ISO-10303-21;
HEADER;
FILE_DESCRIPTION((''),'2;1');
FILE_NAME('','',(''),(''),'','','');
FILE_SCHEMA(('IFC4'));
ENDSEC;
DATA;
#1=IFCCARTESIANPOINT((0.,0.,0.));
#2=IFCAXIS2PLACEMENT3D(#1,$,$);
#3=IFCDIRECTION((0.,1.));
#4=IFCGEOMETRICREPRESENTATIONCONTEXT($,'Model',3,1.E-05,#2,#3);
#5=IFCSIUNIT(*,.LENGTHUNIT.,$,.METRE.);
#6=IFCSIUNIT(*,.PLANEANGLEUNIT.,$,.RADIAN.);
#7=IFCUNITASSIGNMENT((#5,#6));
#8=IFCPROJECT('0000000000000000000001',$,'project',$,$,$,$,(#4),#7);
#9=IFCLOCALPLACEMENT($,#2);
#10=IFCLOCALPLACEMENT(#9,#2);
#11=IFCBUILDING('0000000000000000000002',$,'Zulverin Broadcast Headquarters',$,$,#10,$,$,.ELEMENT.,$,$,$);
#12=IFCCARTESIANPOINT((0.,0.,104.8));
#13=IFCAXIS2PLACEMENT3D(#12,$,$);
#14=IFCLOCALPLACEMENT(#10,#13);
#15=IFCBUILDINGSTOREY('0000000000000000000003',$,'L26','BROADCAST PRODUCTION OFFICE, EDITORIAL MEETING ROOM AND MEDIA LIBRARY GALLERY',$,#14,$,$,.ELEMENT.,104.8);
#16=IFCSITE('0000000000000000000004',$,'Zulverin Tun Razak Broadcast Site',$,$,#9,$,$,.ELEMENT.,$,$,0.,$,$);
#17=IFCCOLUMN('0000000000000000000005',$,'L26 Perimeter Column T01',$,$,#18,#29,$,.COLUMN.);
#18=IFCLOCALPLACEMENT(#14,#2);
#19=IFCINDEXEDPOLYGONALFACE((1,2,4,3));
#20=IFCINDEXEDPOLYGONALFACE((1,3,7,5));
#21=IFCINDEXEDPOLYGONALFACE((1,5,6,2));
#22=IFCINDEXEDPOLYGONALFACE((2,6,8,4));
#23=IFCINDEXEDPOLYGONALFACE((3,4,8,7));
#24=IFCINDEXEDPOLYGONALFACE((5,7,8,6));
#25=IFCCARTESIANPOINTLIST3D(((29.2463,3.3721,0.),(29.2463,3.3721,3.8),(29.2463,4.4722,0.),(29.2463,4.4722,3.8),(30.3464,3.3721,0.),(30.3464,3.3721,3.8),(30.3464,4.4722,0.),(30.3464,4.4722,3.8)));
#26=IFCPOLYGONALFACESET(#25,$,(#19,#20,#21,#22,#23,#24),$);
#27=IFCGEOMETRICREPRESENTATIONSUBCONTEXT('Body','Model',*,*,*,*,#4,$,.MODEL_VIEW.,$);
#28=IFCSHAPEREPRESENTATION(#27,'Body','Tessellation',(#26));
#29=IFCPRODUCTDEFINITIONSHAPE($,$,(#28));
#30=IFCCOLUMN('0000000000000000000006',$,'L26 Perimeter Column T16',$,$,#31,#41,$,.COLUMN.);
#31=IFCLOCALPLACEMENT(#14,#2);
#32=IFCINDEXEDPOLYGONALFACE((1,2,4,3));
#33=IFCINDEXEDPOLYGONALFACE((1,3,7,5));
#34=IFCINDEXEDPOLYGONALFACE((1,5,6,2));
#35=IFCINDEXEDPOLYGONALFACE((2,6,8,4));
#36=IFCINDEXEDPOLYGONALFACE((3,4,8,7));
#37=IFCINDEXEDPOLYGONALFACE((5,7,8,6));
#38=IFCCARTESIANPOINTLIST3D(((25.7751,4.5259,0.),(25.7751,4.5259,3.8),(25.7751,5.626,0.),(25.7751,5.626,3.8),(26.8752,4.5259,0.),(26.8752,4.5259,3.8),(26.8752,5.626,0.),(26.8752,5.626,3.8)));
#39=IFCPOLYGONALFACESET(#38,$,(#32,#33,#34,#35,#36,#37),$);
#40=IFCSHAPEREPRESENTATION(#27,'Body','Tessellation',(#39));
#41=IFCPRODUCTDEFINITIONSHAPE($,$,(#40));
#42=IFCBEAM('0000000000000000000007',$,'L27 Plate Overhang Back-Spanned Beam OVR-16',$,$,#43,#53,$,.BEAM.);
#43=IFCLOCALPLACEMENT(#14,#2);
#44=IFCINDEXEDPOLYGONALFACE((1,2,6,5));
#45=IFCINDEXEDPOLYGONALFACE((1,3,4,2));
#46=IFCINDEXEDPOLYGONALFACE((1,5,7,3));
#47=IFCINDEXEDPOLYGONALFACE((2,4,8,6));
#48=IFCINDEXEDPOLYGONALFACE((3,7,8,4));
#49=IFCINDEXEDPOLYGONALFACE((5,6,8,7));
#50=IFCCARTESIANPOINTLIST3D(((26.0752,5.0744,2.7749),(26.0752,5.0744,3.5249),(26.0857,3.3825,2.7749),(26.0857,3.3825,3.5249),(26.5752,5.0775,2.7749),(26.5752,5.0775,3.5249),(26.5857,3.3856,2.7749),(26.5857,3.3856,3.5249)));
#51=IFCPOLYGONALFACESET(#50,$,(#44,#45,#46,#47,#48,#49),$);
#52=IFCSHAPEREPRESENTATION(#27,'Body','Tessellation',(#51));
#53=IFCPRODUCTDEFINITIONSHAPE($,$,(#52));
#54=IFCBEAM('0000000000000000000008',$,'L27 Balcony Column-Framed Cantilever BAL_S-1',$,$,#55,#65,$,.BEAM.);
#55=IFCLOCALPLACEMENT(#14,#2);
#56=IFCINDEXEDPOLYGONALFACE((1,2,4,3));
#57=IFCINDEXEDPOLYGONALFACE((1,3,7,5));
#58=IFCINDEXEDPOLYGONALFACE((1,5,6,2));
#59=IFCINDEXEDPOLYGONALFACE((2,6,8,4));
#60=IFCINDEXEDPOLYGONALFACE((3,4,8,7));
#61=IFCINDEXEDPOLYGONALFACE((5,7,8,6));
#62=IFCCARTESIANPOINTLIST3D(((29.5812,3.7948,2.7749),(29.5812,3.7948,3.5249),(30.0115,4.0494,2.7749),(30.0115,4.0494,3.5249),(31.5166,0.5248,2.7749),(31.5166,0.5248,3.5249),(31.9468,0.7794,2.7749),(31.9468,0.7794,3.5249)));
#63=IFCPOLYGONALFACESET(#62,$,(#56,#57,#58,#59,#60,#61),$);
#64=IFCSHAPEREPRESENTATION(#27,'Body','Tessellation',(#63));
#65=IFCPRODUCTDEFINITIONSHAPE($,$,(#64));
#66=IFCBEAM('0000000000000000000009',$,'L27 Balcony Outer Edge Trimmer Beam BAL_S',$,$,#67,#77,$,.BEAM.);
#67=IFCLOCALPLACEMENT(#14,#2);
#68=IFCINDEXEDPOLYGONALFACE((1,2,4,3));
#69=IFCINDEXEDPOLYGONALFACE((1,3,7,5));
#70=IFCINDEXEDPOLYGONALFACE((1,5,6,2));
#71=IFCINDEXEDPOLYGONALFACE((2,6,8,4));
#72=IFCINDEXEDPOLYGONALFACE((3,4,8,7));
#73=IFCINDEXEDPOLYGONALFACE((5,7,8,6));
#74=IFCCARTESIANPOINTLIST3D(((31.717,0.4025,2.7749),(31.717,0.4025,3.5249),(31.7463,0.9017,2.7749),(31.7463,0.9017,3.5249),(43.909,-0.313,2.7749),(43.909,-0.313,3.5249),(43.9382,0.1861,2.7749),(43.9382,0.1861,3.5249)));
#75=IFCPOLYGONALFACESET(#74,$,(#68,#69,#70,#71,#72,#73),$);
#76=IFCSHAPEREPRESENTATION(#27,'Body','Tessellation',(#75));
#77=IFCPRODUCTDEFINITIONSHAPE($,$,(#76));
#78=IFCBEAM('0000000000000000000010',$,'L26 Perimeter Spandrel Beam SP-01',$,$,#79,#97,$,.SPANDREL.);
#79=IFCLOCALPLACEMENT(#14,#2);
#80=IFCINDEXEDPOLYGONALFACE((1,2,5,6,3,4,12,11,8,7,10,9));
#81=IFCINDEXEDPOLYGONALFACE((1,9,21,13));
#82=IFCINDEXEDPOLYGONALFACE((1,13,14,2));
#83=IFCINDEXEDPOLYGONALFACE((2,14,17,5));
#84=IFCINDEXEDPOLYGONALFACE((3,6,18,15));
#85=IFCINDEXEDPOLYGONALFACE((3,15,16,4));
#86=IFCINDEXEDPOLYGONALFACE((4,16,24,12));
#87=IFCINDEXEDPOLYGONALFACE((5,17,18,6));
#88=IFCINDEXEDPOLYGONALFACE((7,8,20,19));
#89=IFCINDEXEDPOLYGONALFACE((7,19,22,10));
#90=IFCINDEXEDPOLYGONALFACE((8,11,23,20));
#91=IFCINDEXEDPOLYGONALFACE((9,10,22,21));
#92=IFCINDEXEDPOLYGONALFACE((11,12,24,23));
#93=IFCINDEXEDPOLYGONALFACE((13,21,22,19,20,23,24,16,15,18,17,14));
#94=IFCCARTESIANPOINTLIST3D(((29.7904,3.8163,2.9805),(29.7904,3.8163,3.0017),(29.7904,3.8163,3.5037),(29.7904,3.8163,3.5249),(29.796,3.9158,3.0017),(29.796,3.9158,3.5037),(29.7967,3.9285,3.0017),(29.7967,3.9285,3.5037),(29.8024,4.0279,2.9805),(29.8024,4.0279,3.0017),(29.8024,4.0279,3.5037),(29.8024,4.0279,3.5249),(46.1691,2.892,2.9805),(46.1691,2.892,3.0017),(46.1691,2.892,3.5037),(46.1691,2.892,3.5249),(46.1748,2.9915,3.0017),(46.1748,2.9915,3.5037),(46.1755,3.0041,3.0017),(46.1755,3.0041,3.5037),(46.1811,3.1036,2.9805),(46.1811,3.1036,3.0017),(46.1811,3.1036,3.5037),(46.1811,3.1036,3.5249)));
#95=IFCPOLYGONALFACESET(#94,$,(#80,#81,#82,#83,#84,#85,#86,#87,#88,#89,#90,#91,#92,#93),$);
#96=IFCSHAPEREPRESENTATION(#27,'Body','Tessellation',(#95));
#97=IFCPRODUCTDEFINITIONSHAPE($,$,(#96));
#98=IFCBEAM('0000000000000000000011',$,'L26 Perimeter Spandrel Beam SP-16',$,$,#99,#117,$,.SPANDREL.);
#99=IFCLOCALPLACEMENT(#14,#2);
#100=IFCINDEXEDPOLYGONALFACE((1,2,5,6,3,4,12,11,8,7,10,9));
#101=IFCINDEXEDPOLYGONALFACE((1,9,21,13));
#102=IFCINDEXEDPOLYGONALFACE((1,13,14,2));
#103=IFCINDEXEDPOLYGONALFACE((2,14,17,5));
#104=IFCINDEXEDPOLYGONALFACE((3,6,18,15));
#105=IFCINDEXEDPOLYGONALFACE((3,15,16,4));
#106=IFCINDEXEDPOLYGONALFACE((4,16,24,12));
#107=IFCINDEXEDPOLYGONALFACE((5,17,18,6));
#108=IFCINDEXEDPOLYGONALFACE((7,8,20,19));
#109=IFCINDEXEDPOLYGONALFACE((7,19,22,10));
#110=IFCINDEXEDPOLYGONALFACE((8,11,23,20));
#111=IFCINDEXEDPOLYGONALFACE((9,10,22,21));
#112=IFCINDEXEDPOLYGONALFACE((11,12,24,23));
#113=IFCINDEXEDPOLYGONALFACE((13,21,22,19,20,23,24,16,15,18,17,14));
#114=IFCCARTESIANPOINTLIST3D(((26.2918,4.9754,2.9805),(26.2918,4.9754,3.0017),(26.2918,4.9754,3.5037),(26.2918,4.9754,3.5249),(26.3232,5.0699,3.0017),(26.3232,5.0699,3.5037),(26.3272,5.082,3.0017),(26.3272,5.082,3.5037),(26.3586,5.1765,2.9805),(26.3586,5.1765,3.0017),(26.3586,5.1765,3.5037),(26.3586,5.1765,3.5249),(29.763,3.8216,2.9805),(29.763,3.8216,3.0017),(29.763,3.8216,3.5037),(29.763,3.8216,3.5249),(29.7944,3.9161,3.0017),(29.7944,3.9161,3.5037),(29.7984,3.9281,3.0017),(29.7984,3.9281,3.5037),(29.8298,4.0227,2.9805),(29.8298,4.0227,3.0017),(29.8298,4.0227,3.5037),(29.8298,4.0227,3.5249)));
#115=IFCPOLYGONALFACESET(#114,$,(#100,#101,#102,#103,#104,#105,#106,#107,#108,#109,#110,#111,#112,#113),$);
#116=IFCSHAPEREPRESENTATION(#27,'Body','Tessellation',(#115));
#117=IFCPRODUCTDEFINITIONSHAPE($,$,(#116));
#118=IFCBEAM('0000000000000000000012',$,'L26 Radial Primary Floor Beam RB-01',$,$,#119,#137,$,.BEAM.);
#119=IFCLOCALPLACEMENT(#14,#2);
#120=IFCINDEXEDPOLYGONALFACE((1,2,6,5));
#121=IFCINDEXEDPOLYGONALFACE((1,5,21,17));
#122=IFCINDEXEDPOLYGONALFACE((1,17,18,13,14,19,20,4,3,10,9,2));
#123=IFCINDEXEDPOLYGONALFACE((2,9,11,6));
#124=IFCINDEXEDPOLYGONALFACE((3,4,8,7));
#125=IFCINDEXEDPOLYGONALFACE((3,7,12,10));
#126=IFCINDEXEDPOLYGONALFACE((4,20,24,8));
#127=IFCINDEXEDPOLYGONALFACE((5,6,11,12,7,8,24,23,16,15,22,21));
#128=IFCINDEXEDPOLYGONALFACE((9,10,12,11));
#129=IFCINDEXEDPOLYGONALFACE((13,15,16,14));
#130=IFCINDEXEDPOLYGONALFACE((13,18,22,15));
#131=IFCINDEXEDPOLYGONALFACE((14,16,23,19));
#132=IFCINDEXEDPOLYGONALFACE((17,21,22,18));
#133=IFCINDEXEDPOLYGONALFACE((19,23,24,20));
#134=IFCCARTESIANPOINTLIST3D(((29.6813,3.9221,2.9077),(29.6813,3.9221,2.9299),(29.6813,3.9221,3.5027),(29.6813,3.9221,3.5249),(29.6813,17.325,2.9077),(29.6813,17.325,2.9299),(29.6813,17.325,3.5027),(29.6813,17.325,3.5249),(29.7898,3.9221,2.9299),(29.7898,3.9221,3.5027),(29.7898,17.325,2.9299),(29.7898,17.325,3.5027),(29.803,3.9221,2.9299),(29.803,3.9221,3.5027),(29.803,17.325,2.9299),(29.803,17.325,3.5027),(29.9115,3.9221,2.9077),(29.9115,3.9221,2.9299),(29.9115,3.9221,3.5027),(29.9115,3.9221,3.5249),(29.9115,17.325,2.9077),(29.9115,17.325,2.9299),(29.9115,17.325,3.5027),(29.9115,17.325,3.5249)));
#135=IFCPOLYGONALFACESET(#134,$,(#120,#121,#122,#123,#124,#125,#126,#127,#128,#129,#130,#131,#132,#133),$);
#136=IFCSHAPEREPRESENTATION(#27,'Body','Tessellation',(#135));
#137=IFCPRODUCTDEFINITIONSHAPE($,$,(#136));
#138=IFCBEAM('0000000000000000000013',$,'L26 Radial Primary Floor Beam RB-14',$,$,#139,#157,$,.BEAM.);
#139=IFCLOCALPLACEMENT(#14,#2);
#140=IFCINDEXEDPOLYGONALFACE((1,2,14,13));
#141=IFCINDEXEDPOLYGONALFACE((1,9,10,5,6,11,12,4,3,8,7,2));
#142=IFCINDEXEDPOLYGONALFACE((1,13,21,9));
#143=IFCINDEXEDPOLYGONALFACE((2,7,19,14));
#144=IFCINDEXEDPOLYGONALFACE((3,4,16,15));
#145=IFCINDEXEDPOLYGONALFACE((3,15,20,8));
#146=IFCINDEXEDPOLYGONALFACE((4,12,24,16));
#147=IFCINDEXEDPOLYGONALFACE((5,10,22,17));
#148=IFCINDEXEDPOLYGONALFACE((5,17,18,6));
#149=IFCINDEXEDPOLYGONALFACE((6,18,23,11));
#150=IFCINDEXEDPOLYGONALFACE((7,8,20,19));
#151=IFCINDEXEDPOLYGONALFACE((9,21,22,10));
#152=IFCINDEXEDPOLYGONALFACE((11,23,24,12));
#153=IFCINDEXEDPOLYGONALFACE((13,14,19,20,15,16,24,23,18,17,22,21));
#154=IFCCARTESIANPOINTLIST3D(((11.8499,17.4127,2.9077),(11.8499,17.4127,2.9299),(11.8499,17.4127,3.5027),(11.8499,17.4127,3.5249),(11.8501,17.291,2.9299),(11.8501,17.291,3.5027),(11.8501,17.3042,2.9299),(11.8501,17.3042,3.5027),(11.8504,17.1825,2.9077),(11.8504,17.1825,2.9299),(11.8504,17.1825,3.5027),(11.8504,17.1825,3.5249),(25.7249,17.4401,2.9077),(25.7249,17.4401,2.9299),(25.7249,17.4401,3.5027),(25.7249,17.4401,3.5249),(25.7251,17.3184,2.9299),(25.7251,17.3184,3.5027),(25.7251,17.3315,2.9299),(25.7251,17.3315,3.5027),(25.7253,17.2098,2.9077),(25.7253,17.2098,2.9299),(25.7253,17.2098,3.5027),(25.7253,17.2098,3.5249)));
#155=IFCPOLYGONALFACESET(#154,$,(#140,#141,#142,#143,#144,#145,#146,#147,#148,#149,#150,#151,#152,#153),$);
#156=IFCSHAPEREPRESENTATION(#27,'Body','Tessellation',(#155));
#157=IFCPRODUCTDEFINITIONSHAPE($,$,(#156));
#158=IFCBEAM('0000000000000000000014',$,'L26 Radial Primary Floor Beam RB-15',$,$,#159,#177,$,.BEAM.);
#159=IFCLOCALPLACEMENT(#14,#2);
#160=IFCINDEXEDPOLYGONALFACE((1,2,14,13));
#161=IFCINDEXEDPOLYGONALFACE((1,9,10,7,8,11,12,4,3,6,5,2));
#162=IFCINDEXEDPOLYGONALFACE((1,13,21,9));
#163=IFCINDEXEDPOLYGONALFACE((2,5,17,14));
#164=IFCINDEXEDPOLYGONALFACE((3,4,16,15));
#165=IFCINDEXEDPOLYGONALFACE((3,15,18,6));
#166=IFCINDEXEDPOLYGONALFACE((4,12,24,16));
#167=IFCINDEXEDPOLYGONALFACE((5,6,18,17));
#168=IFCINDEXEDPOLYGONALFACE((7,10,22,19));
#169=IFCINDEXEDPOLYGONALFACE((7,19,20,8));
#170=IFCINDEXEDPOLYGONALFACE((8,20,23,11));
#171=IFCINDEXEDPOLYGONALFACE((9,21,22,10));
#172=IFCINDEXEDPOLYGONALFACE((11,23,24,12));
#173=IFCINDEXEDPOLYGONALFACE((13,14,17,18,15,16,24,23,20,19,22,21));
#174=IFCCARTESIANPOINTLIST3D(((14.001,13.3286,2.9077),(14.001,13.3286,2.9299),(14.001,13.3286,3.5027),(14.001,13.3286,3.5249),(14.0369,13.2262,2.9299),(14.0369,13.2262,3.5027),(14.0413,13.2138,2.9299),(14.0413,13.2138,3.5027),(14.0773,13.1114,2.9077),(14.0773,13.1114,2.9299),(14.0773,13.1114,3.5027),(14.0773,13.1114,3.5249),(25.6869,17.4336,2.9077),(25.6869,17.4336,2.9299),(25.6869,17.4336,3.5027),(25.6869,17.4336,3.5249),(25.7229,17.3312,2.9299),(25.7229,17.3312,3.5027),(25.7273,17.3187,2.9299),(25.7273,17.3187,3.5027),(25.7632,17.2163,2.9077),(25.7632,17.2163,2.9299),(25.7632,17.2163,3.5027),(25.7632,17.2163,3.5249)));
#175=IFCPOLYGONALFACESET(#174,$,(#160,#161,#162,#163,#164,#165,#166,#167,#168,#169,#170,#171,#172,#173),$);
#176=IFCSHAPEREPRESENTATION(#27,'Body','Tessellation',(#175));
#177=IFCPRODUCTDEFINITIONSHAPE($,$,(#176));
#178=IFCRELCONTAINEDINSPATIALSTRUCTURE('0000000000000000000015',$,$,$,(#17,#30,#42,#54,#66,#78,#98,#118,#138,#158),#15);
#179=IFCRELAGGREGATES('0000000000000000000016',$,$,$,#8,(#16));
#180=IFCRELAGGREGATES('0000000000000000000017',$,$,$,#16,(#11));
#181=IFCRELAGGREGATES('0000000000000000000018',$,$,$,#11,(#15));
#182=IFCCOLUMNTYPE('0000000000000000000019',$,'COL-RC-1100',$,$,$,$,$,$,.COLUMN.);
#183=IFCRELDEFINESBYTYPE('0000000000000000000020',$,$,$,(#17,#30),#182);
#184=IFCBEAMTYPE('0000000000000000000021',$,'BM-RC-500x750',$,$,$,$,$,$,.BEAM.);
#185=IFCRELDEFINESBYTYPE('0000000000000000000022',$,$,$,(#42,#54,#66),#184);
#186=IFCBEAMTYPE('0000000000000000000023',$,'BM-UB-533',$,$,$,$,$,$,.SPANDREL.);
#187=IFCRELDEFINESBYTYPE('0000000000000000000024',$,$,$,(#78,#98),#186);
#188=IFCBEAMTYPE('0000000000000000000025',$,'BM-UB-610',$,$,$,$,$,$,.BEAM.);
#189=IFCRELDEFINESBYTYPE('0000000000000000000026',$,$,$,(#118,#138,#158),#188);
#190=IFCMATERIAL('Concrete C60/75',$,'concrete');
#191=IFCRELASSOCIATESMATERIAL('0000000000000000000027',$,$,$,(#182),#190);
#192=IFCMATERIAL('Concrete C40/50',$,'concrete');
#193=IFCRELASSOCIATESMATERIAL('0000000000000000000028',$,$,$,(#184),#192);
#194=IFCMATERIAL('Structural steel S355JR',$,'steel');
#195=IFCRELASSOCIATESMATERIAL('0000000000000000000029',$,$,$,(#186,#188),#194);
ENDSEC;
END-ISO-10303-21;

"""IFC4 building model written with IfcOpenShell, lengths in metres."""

from ifc_helpers import new_model, si_unit, direction, frame, origin, origin_2d, place, context, subcontext, project, spatial, rectangle, i_section, extrude, material, material_profile, profile_set, type_object, element, save


model = new_model("IFC4")

# Units and contexts
model_context = context("Model", 3, precision=1e-05, world=origin(), true_north=direction((0.0, 1.0)))
body_context = subcontext(model_context, "Body", "Model", "MODEL_VIEW")
ifc_project = project(units=[si_unit("LENGTHUNIT", "METRE"), si_unit("PLANEANGLEUNIT", "RADIAN")], contexts=[model_context])

# Site, building, storey
site_placement = place(None, origin())
site = spatial("IfcSite", under=ifc_project, at=site_placement, Name="Zulverin Tun Razak Broadcast Site", CompositionType="ELEMENT", RefElevation=0.0)
building_placement = place(site_placement, origin())
building = spatial("IfcBuilding", under=site, at=building_placement, Name="Zulverin Broadcast Headquarters", CompositionType="ELEMENT")
storey_placement = place(building_placement, frame((0.0, 0.0, 104.8)))
storey = spatial("IfcBuildingStorey", under=building, at=storey_placement, Name="L26", Description="BROADCAST PRODUCTION OFFICE, EDITORIAL MEETING ROOM AND MEDIA LIBRARY GALLERY", CompositionType="ELEMENT", Elevation=104.8)

# Columns
ifc_material_1 = material(Name="Concrete C60/75", Category="concrete")
ifc_material_profile_1 = material_profile(ifc_material_1, rectangle(XDim=1.1001, YDim=1.1001, at=origin_2d()), Name="Concrete C60/75", Category="concrete")
ifc_profile_set_1 = profile_set([ifc_material_profile_1], Name="Concrete C60/75")
column_type = type_object("IfcColumnType", Name="COL-RC-1100", PredefinedType="COLUMN", material=ifc_profile_set_1)
for number, where, z_axis, x_axis, name in (
    (1, (29.7964, 3.9221, 0.0), (0.0, 0.0, 1.0), (1.0, 0.0, 0.0), "L26 Perimeter Column T01"),
    (2, (26.3252, 5.0759, 0.0), (0.0, 0.0, 1.0), (1.0, 0.0, 0.0), "L26 Perimeter Column T16"),
):
    element("IfcColumn", number, at=place(storey_placement, frame(where, z_axis=z_axis, x_axis=x_axis)), inside=storey, type_object=column_type, Name=name, PredefinedType="COLUMN", context=body_context, shape_type="SweptSolid", body=[
        extrude(rectangle(XDim=1.1001, YDim=1.1001, at=origin_2d()), origin(), (0.0, 0.0, 1.0), 3.8),
    ])

# Beams
ifc_material_2 = material(Name="Concrete C40/50", Category="concrete")
ifc_material_profile_2 = material_profile(ifc_material_2, rectangle(XDim=0.5, YDim=0.75, at=origin_2d()), Name="Concrete C40/50", Category="concrete")
ifc_profile_set_2 = profile_set([ifc_material_profile_2], Name="Concrete C40/50")
beam_type_1 = type_object("IfcBeamType", Name="BM-RC-500x750", PredefinedType="BEAM", material=ifc_profile_set_2)
beam_1_placement = place(storey_placement, frame((26.3252, 5.0759, 3.1499), z_axis=(0.006205, -0.999981, 0.0), x_axis=(0.999981, 0.006205, 0.0)))
element("IfcBeam", 3, at=beam_1_placement, inside=storey, type_object=beam_type_1, Name="L27 Plate Overhang Back-Spanned Beam OVR-16", PredefinedType="BEAM", context=body_context, shape_type="SweptSolid", body=[
    extrude(rectangle(XDim=0.5, YDim=0.75, at=origin_2d()), origin(), (0.0, 0.0, 1.0), 1.6919),
])
beam_2_placement = place(storey_placement, frame((29.7964, 3.9221, 3.1499), z_axis=(0.509318, -0.860578, 0.0), x_axis=(0.860578, 0.509318, 0.0)))
element("IfcBeam", 4, at=beam_2_placement, inside=storey, type_object=beam_type_1, Name="L27 Balcony Column-Framed Cantilever BAL_S-1", PredefinedType="BEAM", context=body_context, shape_type="SweptSolid", body=[
    extrude(rectangle(XDim=0.5, YDim=0.75, at=origin_2d()), origin(), (0.0, 0.0, 1.0), 3.7998),
])
beam_3_placement = place(storey_placement, frame((31.7317, 0.6521, 3.1499), z_axis=(0.998282, -0.058592, 0.0), x_axis=(0.058592, 0.998282, 0.0)))
element("IfcBeam", 5, at=beam_3_placement, inside=storey, type_object=beam_type_1, Name="L27 Balcony Outer Edge Trimmer Beam BAL_S", PredefinedType="BEAM", context=body_context, shape_type="SweptSolid", body=[
    extrude(rectangle(XDim=0.5, YDim=0.75, at=origin_2d()), origin(), (0.0, 0.0, 1.0), 12.2129),
])
ifc_material_3 = material(Name="Structural steel S355JR", Category="steel")
ifc_material_profile_3 = material_profile(ifc_material_3, i_section(OverallWidth=0.2119, OverallDepth=0.5444, WebThickness=0.0127, FlangeThickness=0.0212, at=origin_2d()), Name="Structural steel S355JR", Category="steel")
ifc_profile_set_3 = profile_set([ifc_material_profile_3], Name="Structural steel S355JR")
beam_type_2 = type_object("IfcBeamType", Name="BM-UB-533", PredefinedType="SPANDREL", material=ifc_profile_set_3)
beam_4_placement = place(storey_placement, frame((29.7964, 3.9221, 3.2527), z_axis=(0.998411, -0.056345, 0.0), x_axis=(0.056345, 0.998411, 0.0)))
element("IfcBeam", 6, at=beam_4_placement, inside=storey, type_object=beam_type_2, Name="L26 Perimeter Spandrel Beam SP-01", PredefinedType="SPANDREL", context=body_context, shape_type="SweptSolid", body=[
    extrude(i_section(OverallWidth=0.2119, OverallDepth=0.5444, WebThickness=0.0127, FlangeThickness=0.0212, at=origin_2d()), origin(), (0.0, 0.0, 1.0), 16.4048),
])
beam_5_placement = place(storey_placement, frame((26.3252, 5.0759, 3.2527), z_axis=(0.94895, -0.315427, 0.0), x_axis=(0.315427, 0.94895, 0.0)))
element("IfcBeam", 7, at=beam_5_placement, inside=storey, type_object=beam_type_2, Name="L26 Perimeter Spandrel Beam SP-16", PredefinedType="SPANDREL", context=body_context, shape_type="SweptSolid", body=[
    extrude(i_section(OverallWidth=0.2119, OverallDepth=0.5444, WebThickness=0.0127, FlangeThickness=0.0212, at=origin_2d()), origin(), (0.0, 0.0, 1.0), 3.658),
])
ifc_material_profile_4 = material_profile(ifc_material_3, i_section(OverallWidth=0.2302, OverallDepth=0.6172, WebThickness=0.0132, FlangeThickness=0.0222, at=origin_2d()), Name="Structural steel S355JR", Category="steel")
ifc_profile_set_4 = profile_set([ifc_material_profile_4], Name="Structural steel S355JR")
beam_type_3 = type_object("IfcBeamType", Name="BM-UB-610", PredefinedType="BEAM", material=ifc_profile_set_4)
beam_6_placement = place(storey_placement, frame((29.7964, 17.325, 3.2163), z_axis=(0.0, -1.0, 0.0), x_axis=(1.0, 0.0, 0.0)))
element("IfcBeam", 8, at=beam_6_placement, inside=storey, type_object=beam_type_3, Name="L26 Radial Primary Floor Beam RB-01", PredefinedType="BEAM", context=body_context, shape_type="SweptSolid", body=[
    extrude(i_section(OverallWidth=0.2302, OverallDepth=0.6172, WebThickness=0.0132, FlangeThickness=0.0222, at=origin_2d()), origin(), (0.0, 0.0, 1.0), 13.4028),
])
beam_7_placement = place(storey_placement, frame((25.7251, 17.325, 3.2163), z_axis=(-0.999998, -0.001971, 0.0), x_axis=(0.001971, -0.999998, 0.0)))
element("IfcBeam", 9, at=beam_7_placement, inside=storey, type_object=beam_type_3, Name="L26 Radial Primary Floor Beam RB-14", PredefinedType="BEAM", context=body_context, shape_type="SweptSolid", body=[
    extrude(i_section(OverallWidth=0.2302, OverallDepth=0.6172, WebThickness=0.0132, FlangeThickness=0.0222, at=origin_2d()), origin(), (0.0, 0.0, 1.0), 13.875),
])
beam_8_placement = place(storey_placement, frame((25.7251, 17.325, 3.2163), z_axis=(-0.943483, -0.33142, 0.0), x_axis=(0.33142, -0.943483, 0.0)))
element("IfcBeam", 10, at=beam_8_placement, inside=storey, type_object=beam_type_3, Name="L26 Radial Primary Floor Beam RB-15", PredefinedType="BEAM", context=body_context, shape_type="SweptSolid", body=[
    extrude(i_section(OverallWidth=0.2302, OverallDepth=0.6172, WebThickness=0.0132, FlangeThickness=0.0222, at=origin_2d()), origin(), (0.0, 0.0, 1.0), 12.386),
])

save(model, "model.ifc")
